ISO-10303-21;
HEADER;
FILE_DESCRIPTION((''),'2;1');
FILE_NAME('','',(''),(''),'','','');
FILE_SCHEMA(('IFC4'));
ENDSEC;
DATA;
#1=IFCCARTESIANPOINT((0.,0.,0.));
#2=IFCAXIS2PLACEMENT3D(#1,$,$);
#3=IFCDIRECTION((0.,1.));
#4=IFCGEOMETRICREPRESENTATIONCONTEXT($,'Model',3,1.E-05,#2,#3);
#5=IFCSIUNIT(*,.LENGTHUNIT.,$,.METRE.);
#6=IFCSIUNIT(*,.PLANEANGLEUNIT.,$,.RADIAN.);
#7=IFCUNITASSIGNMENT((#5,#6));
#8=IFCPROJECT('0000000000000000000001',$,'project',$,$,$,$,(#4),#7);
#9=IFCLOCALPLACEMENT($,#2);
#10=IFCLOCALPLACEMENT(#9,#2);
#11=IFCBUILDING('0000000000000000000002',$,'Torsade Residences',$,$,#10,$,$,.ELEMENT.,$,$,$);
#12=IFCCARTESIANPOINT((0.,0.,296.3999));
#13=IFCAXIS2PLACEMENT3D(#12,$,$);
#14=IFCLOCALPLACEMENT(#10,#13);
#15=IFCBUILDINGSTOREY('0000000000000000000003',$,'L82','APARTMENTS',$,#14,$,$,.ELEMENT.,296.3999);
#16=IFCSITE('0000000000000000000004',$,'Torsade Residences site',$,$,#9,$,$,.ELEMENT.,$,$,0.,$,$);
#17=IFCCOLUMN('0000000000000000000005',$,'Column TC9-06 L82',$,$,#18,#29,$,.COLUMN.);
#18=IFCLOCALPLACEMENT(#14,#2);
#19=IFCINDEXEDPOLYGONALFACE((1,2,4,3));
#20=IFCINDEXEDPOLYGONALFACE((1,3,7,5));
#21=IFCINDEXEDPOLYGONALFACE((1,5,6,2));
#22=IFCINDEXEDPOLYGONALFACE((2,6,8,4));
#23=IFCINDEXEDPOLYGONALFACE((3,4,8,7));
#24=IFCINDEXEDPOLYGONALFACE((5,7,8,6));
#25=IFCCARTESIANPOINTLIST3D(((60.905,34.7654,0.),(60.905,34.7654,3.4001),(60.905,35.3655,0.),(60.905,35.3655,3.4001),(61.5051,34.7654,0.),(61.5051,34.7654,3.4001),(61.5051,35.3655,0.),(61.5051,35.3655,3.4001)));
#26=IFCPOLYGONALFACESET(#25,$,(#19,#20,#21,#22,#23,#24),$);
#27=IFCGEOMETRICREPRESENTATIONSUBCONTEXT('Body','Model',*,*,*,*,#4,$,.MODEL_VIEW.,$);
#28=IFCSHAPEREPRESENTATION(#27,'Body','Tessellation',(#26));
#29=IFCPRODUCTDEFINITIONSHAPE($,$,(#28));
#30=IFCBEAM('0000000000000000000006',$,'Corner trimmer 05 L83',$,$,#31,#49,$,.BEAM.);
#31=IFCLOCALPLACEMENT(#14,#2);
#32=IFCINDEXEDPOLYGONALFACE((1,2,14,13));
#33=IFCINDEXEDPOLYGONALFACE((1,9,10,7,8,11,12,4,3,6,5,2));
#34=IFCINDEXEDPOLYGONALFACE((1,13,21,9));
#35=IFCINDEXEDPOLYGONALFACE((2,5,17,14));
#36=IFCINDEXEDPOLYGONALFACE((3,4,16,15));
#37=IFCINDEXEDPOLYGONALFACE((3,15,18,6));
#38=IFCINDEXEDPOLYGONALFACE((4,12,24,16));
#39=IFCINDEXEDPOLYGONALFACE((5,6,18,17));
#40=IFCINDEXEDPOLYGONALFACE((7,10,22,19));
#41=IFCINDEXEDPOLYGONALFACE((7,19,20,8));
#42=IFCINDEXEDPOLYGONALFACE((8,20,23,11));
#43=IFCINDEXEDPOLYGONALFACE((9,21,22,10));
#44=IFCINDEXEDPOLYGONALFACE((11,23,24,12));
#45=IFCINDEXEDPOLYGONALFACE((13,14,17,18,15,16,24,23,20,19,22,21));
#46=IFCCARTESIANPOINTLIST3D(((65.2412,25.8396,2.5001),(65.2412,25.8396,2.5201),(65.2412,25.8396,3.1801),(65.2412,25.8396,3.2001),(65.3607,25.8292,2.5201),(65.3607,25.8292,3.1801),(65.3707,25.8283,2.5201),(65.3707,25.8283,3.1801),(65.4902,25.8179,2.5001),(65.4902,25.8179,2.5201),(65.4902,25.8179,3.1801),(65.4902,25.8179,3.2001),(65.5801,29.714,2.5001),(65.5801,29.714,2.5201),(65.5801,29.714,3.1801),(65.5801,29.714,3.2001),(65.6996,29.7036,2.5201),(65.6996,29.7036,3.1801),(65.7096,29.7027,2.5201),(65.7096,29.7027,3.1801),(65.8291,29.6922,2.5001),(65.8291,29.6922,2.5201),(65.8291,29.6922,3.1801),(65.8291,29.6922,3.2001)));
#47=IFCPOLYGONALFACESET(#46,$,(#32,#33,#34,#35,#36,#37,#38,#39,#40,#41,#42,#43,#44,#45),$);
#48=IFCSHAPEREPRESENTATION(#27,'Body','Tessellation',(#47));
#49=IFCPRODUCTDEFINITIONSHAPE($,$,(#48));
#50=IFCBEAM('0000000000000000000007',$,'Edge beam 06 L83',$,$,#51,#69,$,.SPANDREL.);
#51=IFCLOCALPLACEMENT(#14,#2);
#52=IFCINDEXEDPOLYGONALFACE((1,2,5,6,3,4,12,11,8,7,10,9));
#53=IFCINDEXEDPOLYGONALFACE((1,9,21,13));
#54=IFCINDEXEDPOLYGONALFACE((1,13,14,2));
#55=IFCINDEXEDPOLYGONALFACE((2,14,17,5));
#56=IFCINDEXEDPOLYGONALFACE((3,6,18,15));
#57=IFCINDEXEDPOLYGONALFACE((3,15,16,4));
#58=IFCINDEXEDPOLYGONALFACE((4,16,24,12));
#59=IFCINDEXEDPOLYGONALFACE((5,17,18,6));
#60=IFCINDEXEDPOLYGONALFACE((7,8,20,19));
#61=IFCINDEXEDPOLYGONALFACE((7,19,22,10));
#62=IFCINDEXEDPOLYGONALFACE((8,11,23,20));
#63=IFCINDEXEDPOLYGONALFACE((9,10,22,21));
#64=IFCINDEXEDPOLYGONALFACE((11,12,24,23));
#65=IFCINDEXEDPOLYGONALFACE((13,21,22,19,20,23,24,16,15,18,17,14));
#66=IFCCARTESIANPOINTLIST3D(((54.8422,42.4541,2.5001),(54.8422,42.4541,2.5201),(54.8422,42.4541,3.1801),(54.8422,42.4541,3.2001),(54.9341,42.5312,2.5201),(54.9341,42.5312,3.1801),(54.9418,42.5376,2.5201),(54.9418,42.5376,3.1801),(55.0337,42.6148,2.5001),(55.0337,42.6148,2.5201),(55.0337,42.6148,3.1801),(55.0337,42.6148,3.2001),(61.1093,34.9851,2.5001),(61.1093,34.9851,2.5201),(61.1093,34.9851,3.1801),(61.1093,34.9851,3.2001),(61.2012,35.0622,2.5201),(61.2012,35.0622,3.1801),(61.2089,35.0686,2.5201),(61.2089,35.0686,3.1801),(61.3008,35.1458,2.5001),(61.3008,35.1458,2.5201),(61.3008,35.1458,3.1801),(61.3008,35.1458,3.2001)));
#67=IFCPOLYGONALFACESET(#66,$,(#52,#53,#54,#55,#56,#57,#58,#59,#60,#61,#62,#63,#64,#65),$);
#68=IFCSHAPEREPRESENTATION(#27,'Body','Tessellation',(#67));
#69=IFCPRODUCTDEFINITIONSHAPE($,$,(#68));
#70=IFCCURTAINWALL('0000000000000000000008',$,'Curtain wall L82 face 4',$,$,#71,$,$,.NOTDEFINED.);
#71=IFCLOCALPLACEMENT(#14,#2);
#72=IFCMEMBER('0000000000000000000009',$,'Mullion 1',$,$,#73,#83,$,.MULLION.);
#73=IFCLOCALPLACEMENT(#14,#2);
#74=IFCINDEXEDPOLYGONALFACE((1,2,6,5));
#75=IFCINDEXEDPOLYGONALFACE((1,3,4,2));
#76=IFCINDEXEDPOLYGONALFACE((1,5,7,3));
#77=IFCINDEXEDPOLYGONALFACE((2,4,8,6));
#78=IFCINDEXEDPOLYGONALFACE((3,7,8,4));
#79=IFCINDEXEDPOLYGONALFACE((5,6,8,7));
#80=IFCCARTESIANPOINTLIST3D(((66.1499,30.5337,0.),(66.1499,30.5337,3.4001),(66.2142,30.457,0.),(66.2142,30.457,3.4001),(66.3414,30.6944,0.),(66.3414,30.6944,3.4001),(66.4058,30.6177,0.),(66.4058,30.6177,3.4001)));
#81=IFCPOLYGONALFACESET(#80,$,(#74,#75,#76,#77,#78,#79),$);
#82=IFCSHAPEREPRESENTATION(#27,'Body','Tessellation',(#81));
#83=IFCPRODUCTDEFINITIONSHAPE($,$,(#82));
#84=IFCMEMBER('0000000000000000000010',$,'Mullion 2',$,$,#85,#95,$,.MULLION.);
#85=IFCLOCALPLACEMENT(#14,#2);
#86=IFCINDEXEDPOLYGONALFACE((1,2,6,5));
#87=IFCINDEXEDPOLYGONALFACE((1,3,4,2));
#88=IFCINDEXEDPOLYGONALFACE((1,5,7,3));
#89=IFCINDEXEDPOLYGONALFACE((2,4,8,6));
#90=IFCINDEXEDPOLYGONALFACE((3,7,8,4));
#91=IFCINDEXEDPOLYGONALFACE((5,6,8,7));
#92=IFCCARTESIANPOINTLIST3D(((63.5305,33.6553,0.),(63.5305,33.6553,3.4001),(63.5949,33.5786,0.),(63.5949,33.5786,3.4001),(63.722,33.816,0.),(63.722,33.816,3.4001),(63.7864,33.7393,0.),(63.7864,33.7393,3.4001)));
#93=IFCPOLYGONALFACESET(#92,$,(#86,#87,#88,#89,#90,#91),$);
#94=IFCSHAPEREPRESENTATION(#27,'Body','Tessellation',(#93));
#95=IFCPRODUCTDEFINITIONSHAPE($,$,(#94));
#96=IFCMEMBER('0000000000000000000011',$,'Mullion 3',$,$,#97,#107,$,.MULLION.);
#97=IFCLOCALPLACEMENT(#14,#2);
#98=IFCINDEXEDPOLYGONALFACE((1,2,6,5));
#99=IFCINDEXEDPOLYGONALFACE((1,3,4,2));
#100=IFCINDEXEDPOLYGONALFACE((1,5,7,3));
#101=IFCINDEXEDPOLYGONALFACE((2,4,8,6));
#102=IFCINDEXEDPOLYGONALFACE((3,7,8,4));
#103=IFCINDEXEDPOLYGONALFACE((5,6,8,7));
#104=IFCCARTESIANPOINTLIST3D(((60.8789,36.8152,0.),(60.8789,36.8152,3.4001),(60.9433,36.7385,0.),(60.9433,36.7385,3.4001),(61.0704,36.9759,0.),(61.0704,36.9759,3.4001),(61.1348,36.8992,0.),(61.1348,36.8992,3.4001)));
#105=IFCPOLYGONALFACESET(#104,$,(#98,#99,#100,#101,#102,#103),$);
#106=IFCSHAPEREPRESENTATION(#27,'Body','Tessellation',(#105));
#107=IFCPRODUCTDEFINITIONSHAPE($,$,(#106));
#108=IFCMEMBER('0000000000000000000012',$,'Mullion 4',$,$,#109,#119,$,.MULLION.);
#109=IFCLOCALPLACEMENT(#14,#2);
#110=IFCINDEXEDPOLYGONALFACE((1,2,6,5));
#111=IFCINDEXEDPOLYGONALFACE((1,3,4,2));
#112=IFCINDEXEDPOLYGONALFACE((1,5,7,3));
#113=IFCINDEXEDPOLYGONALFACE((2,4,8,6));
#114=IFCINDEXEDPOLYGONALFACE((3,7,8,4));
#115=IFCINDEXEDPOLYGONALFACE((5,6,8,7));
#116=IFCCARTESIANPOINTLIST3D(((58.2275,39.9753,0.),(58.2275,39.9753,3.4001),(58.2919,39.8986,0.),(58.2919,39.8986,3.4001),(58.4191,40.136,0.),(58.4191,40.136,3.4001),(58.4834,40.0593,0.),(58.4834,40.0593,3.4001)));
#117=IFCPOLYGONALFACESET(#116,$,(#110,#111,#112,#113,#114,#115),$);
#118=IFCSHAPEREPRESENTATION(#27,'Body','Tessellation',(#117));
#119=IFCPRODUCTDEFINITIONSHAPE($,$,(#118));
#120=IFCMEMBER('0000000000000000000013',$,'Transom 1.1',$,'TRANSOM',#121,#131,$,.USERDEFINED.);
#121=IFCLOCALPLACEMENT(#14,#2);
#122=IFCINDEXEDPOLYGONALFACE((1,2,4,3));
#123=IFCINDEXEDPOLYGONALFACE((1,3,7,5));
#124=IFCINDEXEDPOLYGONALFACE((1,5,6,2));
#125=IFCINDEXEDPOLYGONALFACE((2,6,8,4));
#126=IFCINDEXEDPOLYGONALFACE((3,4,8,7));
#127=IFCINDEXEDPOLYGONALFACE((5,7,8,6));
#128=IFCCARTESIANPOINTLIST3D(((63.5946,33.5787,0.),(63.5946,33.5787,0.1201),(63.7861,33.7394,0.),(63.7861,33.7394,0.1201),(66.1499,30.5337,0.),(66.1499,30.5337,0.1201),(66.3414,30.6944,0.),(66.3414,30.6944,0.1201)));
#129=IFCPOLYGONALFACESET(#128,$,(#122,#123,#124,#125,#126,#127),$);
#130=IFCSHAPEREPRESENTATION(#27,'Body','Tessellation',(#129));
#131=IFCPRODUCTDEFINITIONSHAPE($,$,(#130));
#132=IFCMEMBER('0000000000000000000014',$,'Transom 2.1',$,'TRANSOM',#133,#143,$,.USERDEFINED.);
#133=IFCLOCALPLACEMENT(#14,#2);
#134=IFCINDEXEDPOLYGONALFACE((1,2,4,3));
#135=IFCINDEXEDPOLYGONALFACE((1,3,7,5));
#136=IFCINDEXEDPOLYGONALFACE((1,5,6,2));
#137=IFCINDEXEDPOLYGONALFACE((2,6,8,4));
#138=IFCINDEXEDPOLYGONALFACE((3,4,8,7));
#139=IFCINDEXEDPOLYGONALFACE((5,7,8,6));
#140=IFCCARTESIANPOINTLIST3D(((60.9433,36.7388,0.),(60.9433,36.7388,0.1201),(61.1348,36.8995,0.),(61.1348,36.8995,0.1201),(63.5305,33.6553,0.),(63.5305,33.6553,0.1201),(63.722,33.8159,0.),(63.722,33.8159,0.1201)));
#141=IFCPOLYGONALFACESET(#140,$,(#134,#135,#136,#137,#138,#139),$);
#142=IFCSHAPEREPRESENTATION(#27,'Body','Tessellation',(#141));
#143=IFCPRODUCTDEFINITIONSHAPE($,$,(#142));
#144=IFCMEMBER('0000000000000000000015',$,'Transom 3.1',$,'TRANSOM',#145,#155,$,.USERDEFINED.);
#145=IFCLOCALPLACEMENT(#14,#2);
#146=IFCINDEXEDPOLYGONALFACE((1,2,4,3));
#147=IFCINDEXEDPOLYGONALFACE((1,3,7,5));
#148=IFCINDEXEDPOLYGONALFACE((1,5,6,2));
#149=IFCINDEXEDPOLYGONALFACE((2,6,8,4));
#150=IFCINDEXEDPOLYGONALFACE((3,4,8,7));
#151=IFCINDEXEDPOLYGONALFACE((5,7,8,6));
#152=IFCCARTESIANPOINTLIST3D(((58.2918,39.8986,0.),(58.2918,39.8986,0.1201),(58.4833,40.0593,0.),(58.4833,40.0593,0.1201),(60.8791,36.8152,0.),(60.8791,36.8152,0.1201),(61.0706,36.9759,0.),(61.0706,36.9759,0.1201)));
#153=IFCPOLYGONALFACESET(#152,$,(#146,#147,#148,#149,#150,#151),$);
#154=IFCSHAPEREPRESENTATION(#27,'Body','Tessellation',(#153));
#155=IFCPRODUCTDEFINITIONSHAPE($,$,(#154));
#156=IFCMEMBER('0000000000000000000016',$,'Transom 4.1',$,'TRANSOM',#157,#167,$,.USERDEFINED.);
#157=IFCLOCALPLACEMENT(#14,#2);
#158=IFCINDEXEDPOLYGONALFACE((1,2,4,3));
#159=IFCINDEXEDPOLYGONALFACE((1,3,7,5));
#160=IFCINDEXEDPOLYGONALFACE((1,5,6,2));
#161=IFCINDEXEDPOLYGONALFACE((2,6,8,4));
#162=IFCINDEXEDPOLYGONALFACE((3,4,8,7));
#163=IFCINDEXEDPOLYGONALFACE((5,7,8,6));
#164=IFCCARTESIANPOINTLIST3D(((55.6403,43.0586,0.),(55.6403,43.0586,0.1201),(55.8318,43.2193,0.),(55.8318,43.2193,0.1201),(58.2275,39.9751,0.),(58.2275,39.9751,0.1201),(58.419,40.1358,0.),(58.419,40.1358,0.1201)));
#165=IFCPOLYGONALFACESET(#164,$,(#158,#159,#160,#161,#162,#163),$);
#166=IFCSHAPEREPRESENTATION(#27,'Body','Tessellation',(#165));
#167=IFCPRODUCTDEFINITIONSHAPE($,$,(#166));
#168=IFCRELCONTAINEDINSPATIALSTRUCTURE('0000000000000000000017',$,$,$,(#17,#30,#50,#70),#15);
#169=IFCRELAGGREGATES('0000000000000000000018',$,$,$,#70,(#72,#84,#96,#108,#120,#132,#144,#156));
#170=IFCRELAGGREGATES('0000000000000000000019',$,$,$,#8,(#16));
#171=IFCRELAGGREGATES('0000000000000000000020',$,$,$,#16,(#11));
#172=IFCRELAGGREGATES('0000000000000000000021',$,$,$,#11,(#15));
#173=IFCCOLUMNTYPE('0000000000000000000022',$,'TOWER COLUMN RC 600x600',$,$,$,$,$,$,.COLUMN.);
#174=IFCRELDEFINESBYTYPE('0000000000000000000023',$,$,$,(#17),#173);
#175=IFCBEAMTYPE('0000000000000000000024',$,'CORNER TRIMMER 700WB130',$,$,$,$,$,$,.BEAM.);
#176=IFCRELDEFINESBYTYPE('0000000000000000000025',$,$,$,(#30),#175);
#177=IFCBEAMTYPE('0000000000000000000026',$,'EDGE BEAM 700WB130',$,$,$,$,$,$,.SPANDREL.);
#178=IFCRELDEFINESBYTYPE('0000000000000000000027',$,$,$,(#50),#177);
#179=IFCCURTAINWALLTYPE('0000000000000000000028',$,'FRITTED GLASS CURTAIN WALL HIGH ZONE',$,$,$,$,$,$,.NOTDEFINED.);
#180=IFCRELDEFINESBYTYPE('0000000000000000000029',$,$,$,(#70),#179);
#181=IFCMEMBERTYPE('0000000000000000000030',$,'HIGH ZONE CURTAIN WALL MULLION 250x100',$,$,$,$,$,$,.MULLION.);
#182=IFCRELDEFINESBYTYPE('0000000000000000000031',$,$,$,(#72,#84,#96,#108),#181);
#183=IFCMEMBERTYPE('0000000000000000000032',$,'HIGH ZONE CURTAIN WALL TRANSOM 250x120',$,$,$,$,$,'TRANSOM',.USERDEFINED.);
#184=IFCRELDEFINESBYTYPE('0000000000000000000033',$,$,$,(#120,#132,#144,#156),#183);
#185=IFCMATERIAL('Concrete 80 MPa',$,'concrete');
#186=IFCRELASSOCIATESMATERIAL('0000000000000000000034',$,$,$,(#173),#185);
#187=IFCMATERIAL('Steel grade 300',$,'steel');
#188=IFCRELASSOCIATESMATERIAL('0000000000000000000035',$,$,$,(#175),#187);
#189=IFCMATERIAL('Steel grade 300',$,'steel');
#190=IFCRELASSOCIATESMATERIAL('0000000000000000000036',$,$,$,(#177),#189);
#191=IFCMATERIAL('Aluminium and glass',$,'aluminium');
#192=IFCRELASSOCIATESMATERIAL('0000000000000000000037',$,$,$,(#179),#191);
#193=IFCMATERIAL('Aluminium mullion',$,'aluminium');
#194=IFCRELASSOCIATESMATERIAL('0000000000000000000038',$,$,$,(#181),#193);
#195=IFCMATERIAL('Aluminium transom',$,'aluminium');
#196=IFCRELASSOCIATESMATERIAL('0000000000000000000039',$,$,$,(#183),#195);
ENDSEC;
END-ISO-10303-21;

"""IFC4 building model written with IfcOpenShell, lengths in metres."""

from ifc_helpers import new_model, si_unit, direction, frame, origin, origin_2d, place, context, subcontext, project, spatial, rectangle, i_section, extrude, material, material_profile, profile_set, type_object, element, aggregate, save


model = new_model("IFC4")

# Units and contexts
model_context = context("Model", 3, precision=1e-05, world=origin(), true_north=direction((0.0, 1.0)))
body_context = subcontext(model_context, "Body", "Model", "MODEL_VIEW")
ifc_project = project(units=[si_unit("LENGTHUNIT", "METRE"), si_unit("PLANEANGLEUNIT", "RADIAN")], contexts=[model_context])

# Site, building, storey
site_placement = place(None, origin())
site = spatial("IfcSite", under=ifc_project, at=site_placement, Name="Torsade Residences site", CompositionType="ELEMENT", RefElevation=0.0)
building_placement = place(site_placement, origin())
building = spatial("IfcBuilding", under=site, at=building_placement, Name="Torsade Residences", CompositionType="ELEMENT")
storey_placement = place(building_placement, frame((0.0, 0.0, 296.3999)))
storey = spatial("IfcBuildingStorey", under=building, at=storey_placement, Name="L82", Description="APARTMENTS", CompositionType="ELEMENT", Elevation=296.3999)

# Column
ifc_material_1 = material(Name="Concrete 80 MPa", Category="concrete")
ifc_material_profile_1 = material_profile(ifc_material_1, rectangle(XDim=0.6001, YDim=0.6001, at=origin_2d()), Name="RC 600x600")
ifc_profile_set_1 = profile_set([ifc_material_profile_1], Name="Concrete 80 MPa")
column_type = type_object("IfcColumnType", Name="TOWER COLUMN RC 600x600", PredefinedType="COLUMN", material=ifc_profile_set_1)
column_placement = place(storey_placement, frame((61.2051, 35.0654, 0.0), z_axis=(0.0, 0.0, 1.0), x_axis=(1.0, 0.0, 0.0)))
element("IfcColumn", 1, at=column_placement, inside=storey, type_object=column_type, Name="Column TC9-06 L82", PredefinedType="COLUMN", context=body_context, shape_type="SweptSolid", body=[
    extrude(rectangle(XDim=0.6001, YDim=0.6001, at=origin_2d()), origin(), (0.0, 0.0, 1.0), 3.4001),
])

# Beams
ifc_material_2 = material(Name="Steel grade 300", Category="steel")
ifc_material_profile_2 = material_profile(ifc_material_2, i_section(OverallWidth=0.25, OverallDepth=0.7, WebThickness=0.01, FlangeThickness=0.02, at=origin_2d()), Name="700WB130")
ifc_profile_set_2 = profile_set([ifc_material_profile_2], Name="Steel grade 300")
beam_type_1 = type_object("IfcBeamType", Name="CORNER TRIMMER 700WB130", PredefinedType="BEAM", material=ifc_profile_set_2)
beam_1_placement = place(storey_placement, frame((65.7046, 29.7031, 2.8501), z_axis=(-0.087133, -0.996197, 0.0), x_axis=(0.996197, -0.087133, 0.0)))
element("IfcBeam", 2, at=beam_1_placement, inside=storey, type_object=beam_type_1, Name="Corner trimmer 05 L83", PredefinedType="BEAM", context=body_context, shape_type="SweptSolid", body=[
    extrude(i_section(OverallWidth=0.25, OverallDepth=0.7, WebThickness=0.01, FlangeThickness=0.02, at=origin_2d()), origin(), (0.0, 0.0, 1.0), 3.8892),
])
ifc_material_3 = material(Name="Steel grade 300", Category="steel")
ifc_material_profile_3 = material_profile(ifc_material_3, i_section(OverallWidth=0.25, OverallDepth=0.7, WebThickness=0.01, FlangeThickness=0.02, at=origin_2d()), Name="700WB130")
ifc_profile_set_3 = profile_set([ifc_material_profile_3], Name="Steel grade 300")
beam_type_2 = type_object("IfcBeamType", Name="EDGE BEAM 700WB130", PredefinedType="SPANDREL", material=ifc_profile_set_3)
beam_2_placement = place(storey_placement, frame((61.2051, 35.0654, 2.8501), z_axis=(-0.642779, 0.766052, 0.0), x_axis=(-0.766052, -0.642779, 0.0)))
element("IfcBeam", 3, at=beam_2_placement, inside=storey, type_object=beam_type_2, Name="Edge beam 06 L83", PredefinedType="SPANDREL", context=body_context, shape_type="SweptSolid", body=[
    extrude(i_section(OverallWidth=0.25, OverallDepth=0.7, WebThickness=0.01, FlangeThickness=0.02, at=origin_2d()), origin(), (0.0, 0.0, 1.0), 9.75),
])

# Curtain wall, members
ifc_material_4 = material(Name="Aluminium and glass", Category="aluminium")
curtain_wall_type = type_object("IfcCurtainWallType", Name="FRITTED GLASS CURTAIN WALL HIGH ZONE", PredefinedType="NOTDEFINED", material=ifc_material_4)
curtain_wall_placement = place(storey_placement, origin())
curtain_wall = element("IfcCurtainWall", 4, at=curtain_wall_placement, inside=storey, type_object=curtain_wall_type, Name="Curtain wall L82 face 4", PredefinedType="NOTDEFINED")
ifc_material_5 = material(Name="Aluminium mullion", Category="aluminium")
ifc_material_profile_4 = material_profile(ifc_material_5, rectangle(XDim=0.25, YDim=0.1001, at=origin_2d()), Name="HIGH ZONE CURTAIN WALL MULLION 250x100")
ifc_profile_set_4 = profile_set([ifc_material_profile_4], Name="Aluminium mullion")
member_type_1 = type_object("IfcMemberType", Name="HIGH ZONE CURTAIN WALL MULLION 250x100", PredefinedType="MULLION", material=ifc_profile_set_4)
member_1_placement = place(storey_placement, frame((66.2778, 30.5757, 0.0), z_axis=(0.0, 0.0, 1.0), x_axis=(-0.766044, -0.642788, 0.0)))
member_1 = element("IfcMember", 5, at=member_1_placement, type_object=member_type_1, Name="Mullion 1", PredefinedType="MULLION", context=body_context, shape_type="SweptSolid", body=[
    extrude(rectangle(XDim=0.25, YDim=0.1001, at=origin_2d()), origin(), (0.0, 0.0, 1.0), 3.4001),
])
member_2_placement = place(storey_placement, frame((63.6584, 33.6973, 0.0), z_axis=(0.0, 0.0, 1.0), x_axis=(-0.766044, -0.642788, 0.0)))
member_2 = element("IfcMember", 6, at=member_2_placement, type_object=member_type_1, Name="Mullion 2", PredefinedType="MULLION", context=body_context, shape_type="SweptSolid", body=[
    extrude(rectangle(XDim=0.25, YDim=0.1001, at=origin_2d()), origin(), (0.0, 0.0, 1.0), 3.4001),
])
member_3_placement = place(storey_placement, frame((61.0068, 36.8572, 0.0), z_axis=(0.0, 0.0, 1.0), x_axis=(-0.766044, -0.642788, 0.0)))
member_3 = element("IfcMember", 7, at=member_3_placement, type_object=member_type_1, Name="Mullion 3", PredefinedType="MULLION", context=body_context, shape_type="SweptSolid", body=[
    extrude(rectangle(XDim=0.25, YDim=0.1001, at=origin_2d()), origin(), (0.0, 0.0, 1.0), 3.4001),
])
member_4_placement = place(storey_placement, frame((58.3555, 40.0173, 0.0), z_axis=(0.0, 0.0, 1.0), x_axis=(-0.766044, -0.642788, 0.0)))
member_4 = element("IfcMember", 8, at=member_4_placement, type_object=member_type_1, Name="Mullion 4", PredefinedType="MULLION", context=body_context, shape_type="SweptSolid", body=[
    extrude(rectangle(XDim=0.25, YDim=0.1001, at=origin_2d()), origin(), (0.0, 0.0, 1.0), 3.4001),
])
ifc_material_6 = material(Name="Aluminium transom", Category="aluminium")
ifc_material_profile_5 = material_profile(ifc_material_6, rectangle(XDim=0.25, YDim=0.1201, at=origin_2d()), Name="HIGH ZONE CURTAIN WALL TRANSOM 250x120")
ifc_profile_set_5 = profile_set([ifc_material_profile_5], Name="Aluminium transom")
member_type_2 = type_object("IfcMemberType", Name="HIGH ZONE CURTAIN WALL TRANSOM 250x120", ElementType="TRANSOM", PredefinedType="USERDEFINED", material=ifc_profile_set_5)
member_5_placement = place(storey_placement, frame((66.2456, 30.614, 0.0601), z_axis=(-0.642815, 0.766022, 0.0), x_axis=(-0.766022, -0.642815, 0.0)))
member_5 = element("IfcMember", 9, at=member_5_placement, type_object=member_type_2, Name="Transom 1.1", ObjectType="TRANSOM", PredefinedType="USERDEFINED", context=body_context, shape_type="SweptSolid", body=[
    extrude(rectangle(XDim=0.25, YDim=0.1201, at=origin_2d()), origin(), (0.0, 0.0, 1.0), 3.9751),
])
member_6_placement = place(storey_placement, frame((63.6262, 33.7356, 0.0601), z_axis=(-0.642758, 0.766069, 0.0), x_axis=(-0.766069, -0.642758, 0.0)))
member_6 = element("IfcMember", 10, at=member_6_placement, type_object=member_type_2, Name="Transom 2.1", ObjectType="TRANSOM", PredefinedType="USERDEFINED", context=body_context, shape_type="SweptSolid", body=[
    extrude(rectangle(XDim=0.25, YDim=0.1201, at=origin_2d()), origin(), (0.0, 0.0, 1.0), 4.0251),
])
member_7_placement = place(storey_placement, frame((60.9749, 36.8955, 0.0601), z_axis=(-0.642794, 0.766039, 0.0), x_axis=(-0.766039, -0.642794, 0.0)))
member_7 = element("IfcMember", 11, at=member_7_placement, type_object=member_type_2, Name="Transom 3.1", ObjectType="TRANSOM", PredefinedType="USERDEFINED", context=body_context, shape_type="SweptSolid", body=[
    extrude(rectangle(XDim=0.25, YDim=0.1201, at=origin_2d()), origin(), (0.0, 0.0, 1.0), 4.0251),
])
member_8_placement = place(storey_placement, frame((58.3232, 40.0554, 0.0601), z_axis=(-0.642758, 0.766069, 0.0), x_axis=(-0.766069, -0.642758, 0.0)))
member_8 = element("IfcMember", 12, at=member_8_placement, type_object=member_type_2, Name="Transom 4.1", ObjectType="TRANSOM", PredefinedType="USERDEFINED", context=body_context, shape_type="SweptSolid", body=[
    extrude(rectangle(XDim=0.25, YDim=0.1201, at=origin_2d()), origin(), (0.0, 0.0, 1.0), 4.0251),
])

aggregate(curtain_wall, [member_1, member_2, member_3, member_4, member_5, member_6, member_7, member_8])

save(model, "model.ifc")
